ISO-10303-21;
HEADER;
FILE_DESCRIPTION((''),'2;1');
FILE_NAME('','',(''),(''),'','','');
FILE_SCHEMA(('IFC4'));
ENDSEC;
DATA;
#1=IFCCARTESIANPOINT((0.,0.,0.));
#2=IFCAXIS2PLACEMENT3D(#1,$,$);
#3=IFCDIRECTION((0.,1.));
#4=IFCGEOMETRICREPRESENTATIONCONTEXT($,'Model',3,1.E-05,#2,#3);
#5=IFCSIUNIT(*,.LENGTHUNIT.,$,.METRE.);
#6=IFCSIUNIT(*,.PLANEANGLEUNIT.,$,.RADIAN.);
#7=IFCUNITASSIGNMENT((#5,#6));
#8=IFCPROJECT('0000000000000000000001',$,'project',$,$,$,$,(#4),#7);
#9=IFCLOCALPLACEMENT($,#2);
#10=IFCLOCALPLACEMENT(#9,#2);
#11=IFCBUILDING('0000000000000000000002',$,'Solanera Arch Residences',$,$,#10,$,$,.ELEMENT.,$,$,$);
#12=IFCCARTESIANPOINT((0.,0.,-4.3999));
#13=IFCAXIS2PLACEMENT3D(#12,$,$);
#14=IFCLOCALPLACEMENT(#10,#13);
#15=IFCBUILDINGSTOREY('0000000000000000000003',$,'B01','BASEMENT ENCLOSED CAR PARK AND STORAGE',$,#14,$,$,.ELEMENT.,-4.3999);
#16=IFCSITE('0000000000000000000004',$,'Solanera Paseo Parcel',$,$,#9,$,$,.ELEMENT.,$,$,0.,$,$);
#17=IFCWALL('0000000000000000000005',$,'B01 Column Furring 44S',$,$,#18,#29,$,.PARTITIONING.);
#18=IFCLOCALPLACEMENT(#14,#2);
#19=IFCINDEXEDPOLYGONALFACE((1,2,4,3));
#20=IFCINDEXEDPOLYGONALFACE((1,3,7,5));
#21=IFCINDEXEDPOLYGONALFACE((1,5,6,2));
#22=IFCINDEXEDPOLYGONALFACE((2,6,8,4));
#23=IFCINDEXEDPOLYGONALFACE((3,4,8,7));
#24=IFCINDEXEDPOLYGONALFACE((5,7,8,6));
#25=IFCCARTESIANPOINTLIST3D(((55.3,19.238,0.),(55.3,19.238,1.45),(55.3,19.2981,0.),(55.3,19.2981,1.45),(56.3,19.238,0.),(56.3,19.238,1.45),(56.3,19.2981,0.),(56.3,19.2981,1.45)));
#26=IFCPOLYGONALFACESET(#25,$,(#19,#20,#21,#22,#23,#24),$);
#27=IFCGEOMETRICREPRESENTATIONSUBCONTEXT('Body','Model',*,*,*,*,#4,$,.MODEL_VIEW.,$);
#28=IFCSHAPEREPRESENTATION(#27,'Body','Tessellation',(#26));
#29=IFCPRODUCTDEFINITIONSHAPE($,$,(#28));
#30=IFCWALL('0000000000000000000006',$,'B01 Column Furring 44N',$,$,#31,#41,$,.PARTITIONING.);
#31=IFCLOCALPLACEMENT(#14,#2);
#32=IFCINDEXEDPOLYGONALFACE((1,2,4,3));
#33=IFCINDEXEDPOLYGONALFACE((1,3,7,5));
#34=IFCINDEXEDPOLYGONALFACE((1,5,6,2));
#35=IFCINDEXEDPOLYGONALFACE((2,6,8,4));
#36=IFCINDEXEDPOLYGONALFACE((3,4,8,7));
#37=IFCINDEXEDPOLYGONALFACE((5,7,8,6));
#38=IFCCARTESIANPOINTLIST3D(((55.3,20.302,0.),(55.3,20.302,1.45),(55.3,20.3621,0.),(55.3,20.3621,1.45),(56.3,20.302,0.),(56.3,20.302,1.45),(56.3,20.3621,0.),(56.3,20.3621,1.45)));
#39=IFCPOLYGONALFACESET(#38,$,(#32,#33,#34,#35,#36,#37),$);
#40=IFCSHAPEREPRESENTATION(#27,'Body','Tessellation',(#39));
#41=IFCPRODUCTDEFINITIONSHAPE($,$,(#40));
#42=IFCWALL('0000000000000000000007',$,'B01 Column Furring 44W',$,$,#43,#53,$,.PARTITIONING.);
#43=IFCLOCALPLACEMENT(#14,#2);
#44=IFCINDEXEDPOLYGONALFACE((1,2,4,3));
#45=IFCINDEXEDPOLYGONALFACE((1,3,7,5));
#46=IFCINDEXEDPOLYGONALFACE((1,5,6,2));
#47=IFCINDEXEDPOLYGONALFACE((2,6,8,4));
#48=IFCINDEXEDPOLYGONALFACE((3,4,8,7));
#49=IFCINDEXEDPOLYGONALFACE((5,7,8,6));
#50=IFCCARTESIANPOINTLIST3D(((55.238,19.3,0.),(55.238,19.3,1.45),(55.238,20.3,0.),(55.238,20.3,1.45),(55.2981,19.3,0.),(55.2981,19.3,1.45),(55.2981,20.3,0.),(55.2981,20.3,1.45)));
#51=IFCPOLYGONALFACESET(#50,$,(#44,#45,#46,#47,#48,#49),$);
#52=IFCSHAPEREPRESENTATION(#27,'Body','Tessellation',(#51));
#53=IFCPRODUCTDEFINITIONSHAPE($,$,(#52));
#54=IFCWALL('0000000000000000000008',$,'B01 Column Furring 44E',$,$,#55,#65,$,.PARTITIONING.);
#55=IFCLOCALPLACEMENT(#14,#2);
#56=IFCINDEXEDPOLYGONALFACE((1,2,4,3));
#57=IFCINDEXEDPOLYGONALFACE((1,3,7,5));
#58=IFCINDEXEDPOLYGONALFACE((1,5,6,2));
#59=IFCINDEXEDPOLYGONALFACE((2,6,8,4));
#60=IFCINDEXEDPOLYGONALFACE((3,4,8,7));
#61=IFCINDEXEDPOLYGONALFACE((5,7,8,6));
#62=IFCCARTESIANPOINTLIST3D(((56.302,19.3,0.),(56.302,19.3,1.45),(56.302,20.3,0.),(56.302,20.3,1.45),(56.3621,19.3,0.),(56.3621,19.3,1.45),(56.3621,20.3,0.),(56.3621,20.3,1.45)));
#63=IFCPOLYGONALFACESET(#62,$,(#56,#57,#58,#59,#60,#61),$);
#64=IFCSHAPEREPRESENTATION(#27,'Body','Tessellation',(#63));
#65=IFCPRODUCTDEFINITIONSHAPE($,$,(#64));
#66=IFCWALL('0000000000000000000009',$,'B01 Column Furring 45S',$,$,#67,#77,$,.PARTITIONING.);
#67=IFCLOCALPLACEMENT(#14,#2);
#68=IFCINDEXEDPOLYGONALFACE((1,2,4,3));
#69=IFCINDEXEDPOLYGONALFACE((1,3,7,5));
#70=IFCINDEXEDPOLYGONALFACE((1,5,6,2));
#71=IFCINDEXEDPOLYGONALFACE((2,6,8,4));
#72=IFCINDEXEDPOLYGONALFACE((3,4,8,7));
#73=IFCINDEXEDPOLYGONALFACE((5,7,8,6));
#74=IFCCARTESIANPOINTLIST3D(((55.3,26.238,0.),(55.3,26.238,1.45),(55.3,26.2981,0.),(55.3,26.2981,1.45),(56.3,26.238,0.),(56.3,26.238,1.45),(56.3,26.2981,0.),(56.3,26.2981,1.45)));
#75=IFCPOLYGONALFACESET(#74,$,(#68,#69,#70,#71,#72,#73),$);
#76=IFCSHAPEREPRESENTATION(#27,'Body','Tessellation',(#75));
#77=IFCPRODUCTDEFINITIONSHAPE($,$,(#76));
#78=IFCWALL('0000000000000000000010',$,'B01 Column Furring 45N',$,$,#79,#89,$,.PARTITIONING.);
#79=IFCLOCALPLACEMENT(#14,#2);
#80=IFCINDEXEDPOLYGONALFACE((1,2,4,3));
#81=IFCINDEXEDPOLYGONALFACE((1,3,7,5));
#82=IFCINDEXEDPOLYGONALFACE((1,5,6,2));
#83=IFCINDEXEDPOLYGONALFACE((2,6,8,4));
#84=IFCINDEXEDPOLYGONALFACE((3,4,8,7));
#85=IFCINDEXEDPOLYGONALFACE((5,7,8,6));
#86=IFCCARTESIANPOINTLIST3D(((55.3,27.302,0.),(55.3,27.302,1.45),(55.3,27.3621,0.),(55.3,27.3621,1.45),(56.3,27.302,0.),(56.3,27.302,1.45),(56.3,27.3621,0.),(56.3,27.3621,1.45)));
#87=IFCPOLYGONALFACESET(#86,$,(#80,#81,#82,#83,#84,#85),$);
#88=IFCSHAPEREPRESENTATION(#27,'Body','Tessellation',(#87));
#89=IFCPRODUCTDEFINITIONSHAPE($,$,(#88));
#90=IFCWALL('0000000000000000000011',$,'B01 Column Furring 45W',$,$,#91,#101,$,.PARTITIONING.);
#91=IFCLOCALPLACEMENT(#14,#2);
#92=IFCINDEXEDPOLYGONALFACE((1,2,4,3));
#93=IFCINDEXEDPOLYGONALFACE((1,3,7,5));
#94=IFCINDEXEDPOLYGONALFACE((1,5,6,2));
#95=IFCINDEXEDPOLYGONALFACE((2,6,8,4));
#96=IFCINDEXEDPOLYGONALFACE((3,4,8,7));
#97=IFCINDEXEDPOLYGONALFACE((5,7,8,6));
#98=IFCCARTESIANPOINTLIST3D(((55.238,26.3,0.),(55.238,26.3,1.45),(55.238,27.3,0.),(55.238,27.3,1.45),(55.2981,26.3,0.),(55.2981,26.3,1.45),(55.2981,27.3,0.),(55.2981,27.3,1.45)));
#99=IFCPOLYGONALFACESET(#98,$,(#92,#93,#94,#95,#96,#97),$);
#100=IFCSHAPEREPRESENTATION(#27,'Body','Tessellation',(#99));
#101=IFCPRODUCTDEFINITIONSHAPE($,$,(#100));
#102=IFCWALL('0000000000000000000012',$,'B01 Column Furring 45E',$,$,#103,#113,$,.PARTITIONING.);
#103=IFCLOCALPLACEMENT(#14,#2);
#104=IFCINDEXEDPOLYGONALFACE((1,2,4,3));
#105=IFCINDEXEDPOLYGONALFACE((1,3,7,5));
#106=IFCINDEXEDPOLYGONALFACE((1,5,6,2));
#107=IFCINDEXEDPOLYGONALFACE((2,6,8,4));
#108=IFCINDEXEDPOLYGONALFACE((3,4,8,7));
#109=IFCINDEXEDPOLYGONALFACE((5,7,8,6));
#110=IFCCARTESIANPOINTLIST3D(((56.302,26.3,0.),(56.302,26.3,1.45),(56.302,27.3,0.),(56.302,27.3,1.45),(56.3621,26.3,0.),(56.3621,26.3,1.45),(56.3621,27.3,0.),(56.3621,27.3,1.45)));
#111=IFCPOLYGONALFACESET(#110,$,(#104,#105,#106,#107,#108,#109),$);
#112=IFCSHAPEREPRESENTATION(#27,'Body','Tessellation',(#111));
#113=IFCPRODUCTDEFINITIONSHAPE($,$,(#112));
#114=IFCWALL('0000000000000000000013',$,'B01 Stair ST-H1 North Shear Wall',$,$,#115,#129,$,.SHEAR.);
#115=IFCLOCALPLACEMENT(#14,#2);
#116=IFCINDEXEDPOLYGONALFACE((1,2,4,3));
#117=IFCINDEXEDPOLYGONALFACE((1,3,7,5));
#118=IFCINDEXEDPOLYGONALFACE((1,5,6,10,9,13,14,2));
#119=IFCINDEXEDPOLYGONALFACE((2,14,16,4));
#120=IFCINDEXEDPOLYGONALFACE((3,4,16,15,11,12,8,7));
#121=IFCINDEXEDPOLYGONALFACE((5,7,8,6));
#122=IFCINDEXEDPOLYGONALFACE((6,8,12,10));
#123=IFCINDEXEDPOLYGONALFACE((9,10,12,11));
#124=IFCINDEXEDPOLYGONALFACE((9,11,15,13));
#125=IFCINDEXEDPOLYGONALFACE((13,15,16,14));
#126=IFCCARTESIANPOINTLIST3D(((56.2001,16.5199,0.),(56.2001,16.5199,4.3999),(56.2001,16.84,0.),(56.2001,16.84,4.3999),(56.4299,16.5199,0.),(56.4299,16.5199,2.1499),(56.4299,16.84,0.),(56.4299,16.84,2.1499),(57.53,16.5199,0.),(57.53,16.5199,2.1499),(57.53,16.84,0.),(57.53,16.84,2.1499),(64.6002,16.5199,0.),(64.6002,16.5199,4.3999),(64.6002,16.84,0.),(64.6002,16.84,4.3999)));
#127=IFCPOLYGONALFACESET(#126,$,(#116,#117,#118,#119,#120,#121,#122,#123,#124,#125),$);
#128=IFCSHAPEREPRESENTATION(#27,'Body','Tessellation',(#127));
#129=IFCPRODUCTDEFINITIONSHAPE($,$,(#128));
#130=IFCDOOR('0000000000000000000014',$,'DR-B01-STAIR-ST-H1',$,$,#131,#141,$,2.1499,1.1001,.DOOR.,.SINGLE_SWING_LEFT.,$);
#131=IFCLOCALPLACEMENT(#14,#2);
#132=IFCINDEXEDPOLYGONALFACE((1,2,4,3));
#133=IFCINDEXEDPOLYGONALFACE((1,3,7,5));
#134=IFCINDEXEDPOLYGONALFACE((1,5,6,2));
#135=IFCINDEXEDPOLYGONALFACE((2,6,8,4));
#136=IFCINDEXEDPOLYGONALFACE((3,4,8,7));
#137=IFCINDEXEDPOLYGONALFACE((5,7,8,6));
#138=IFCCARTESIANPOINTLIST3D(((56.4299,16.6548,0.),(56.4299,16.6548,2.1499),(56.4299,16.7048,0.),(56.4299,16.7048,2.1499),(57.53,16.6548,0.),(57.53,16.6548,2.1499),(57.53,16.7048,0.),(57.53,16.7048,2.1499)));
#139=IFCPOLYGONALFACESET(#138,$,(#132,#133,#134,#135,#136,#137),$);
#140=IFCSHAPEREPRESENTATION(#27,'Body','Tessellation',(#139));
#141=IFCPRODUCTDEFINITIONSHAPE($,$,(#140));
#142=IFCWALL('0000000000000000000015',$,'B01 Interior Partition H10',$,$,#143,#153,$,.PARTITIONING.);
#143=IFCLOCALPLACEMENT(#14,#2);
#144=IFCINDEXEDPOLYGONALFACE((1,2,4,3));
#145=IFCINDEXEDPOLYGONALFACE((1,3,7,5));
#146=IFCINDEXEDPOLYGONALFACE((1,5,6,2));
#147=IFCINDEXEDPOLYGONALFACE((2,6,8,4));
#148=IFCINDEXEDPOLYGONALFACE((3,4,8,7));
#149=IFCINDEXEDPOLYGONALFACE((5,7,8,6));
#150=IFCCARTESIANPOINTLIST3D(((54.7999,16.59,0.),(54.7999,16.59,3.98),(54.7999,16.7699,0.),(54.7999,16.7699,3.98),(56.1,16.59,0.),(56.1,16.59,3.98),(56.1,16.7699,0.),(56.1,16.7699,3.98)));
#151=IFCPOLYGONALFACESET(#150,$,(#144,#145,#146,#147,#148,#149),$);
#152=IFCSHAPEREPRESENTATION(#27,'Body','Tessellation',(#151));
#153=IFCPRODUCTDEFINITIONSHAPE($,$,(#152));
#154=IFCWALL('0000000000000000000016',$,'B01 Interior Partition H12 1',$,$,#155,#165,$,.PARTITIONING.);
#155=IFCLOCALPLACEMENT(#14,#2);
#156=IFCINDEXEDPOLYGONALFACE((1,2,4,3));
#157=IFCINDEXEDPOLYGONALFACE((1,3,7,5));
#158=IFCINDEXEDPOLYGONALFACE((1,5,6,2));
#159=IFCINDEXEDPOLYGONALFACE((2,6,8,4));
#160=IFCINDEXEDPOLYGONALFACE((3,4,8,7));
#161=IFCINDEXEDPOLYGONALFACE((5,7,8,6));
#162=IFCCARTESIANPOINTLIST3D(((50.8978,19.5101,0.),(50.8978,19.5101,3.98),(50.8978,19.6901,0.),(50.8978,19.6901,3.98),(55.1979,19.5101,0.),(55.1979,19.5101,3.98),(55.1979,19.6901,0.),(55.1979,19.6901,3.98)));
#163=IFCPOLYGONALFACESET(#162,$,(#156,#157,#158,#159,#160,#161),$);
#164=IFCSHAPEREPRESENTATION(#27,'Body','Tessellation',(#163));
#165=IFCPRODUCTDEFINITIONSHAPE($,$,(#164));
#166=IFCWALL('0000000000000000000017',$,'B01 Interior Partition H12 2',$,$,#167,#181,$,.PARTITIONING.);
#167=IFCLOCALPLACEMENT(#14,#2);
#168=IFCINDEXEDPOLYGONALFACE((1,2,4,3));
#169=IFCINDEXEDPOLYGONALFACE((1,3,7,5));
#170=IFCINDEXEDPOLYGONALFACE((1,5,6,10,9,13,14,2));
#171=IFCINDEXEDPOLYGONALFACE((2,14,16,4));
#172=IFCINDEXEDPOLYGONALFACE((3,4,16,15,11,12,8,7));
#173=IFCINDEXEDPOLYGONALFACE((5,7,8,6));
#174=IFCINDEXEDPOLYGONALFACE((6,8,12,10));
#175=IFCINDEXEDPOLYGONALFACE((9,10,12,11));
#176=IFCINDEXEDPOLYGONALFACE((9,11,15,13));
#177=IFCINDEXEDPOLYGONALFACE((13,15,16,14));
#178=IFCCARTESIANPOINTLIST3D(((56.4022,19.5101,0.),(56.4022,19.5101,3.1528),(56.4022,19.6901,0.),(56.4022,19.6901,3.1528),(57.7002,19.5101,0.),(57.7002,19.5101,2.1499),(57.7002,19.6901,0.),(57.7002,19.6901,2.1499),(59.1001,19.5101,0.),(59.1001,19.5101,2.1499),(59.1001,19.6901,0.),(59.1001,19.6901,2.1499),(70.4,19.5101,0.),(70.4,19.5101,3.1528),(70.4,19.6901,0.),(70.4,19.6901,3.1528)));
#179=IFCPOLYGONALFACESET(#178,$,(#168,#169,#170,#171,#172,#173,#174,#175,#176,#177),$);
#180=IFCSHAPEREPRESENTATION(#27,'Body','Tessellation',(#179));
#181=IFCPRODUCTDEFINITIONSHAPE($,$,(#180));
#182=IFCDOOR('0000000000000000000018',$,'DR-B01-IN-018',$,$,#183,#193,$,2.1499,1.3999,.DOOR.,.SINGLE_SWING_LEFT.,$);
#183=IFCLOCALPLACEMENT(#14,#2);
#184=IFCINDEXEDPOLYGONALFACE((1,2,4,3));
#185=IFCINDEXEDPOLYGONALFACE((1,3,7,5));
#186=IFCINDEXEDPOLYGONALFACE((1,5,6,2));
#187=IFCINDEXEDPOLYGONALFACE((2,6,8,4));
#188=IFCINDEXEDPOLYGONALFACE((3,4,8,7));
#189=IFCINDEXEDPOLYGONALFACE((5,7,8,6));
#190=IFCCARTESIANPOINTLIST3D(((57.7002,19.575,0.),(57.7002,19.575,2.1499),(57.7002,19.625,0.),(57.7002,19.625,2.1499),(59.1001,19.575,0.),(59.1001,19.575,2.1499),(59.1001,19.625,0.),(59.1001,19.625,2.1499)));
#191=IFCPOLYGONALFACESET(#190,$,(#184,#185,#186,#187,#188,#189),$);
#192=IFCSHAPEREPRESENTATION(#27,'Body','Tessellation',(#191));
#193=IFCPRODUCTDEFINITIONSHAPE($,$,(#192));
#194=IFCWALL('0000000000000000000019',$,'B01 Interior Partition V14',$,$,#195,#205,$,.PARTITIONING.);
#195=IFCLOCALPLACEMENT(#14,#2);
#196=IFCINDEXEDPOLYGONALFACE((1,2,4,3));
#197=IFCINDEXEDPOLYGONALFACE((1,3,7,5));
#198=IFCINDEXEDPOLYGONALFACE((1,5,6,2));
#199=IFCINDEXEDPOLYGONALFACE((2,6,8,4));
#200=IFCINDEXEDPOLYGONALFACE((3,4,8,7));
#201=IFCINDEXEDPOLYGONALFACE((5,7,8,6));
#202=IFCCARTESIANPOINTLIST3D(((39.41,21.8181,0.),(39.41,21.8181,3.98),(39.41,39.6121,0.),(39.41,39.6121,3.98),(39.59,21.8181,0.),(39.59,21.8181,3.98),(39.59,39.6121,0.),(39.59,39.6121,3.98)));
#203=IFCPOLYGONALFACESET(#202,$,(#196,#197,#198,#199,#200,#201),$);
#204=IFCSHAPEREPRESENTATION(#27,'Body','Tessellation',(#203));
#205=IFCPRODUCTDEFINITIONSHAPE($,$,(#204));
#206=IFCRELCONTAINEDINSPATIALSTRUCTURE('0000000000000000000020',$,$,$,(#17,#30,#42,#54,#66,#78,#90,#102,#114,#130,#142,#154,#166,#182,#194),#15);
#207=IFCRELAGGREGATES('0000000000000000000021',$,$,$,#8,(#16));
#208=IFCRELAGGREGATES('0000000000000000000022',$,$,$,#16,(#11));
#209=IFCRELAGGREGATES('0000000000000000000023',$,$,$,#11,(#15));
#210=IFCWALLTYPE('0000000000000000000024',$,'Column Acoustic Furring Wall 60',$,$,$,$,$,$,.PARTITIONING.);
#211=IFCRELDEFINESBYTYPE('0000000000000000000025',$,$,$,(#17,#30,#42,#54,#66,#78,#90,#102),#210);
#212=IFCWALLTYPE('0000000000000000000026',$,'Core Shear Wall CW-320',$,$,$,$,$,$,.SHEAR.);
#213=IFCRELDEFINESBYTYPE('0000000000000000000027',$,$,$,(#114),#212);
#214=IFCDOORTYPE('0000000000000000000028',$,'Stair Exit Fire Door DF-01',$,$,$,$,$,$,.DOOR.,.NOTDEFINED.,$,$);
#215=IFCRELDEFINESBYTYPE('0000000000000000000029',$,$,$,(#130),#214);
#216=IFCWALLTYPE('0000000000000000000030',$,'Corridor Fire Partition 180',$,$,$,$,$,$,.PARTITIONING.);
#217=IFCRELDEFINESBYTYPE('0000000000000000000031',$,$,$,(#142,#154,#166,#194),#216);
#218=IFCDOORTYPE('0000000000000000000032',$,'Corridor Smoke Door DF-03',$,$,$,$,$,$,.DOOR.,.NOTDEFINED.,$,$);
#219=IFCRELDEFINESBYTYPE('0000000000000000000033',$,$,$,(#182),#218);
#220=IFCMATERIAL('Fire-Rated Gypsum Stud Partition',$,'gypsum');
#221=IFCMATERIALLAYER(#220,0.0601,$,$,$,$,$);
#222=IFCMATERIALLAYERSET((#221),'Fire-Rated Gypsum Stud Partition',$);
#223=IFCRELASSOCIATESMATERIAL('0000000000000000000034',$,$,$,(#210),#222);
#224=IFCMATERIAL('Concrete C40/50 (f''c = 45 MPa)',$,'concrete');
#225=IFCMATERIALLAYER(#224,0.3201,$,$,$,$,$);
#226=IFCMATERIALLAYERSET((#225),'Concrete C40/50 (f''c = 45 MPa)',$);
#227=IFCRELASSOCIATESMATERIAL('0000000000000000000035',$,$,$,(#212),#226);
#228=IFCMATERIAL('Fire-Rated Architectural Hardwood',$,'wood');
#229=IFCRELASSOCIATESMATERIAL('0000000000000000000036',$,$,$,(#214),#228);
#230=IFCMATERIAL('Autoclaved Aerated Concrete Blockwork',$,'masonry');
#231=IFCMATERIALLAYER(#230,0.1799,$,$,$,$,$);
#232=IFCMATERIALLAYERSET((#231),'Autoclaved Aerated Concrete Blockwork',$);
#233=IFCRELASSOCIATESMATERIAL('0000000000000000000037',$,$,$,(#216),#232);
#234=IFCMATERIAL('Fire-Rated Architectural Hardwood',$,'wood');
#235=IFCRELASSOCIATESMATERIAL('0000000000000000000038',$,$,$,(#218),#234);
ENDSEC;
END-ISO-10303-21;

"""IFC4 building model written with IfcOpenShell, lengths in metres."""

from ifc_helpers import new_model, si_unit, direction, frame, frame_2d, origin, place, context, subcontext, project, spatial, rectangle, extrude, material, layer, layer_set, type_object, element, fill, save


model = new_model("IFC4")

# Units and contexts
model_context = context("Model", 3, precision=1e-05, world=origin(), true_north=direction((0.0, 1.0)))
body_context = subcontext(model_context, "Body", "Model", "MODEL_VIEW")
ifc_project = project(units=[si_unit("LENGTHUNIT", "METRE"), si_unit("PLANEANGLEUNIT", "RADIAN")], contexts=[model_context])

# Site, building, storey
site_placement = place(None, origin())
site = spatial("IfcSite", under=ifc_project, at=site_placement, Name="Solanera Paseo Parcel", CompositionType="ELEMENT", RefElevation=0.0)
building_placement = place(site_placement, origin())
building = spatial("IfcBuilding", under=site, at=building_placement, Name="Solanera Arch Residences", CompositionType="ELEMENT")
storey_placement = place(building_placement, frame((0.0, 0.0, -4.3999)))
storey = spatial("IfcBuildingStorey", under=building, at=storey_placement, Name="B01", Description="BASEMENT ENCLOSED CAR PARK AND STORAGE", CompositionType="ELEMENT", Elevation=-4.3999)

# Walls
ifc_material_1 = material(Name="Fire-Rated Gypsum Stud Partition", Category="gypsum")
ifc_layer_1 = layer(ifc_material_1, 0.0601)
ifc_layer_set_1 = layer_set([ifc_layer_1], Name="Fire-Rated Gypsum Stud Partition")
wall_type_1 = type_object("IfcWallType", Name="Column Acoustic Furring Wall 60", PredefinedType="PARTITIONING", material=ifc_layer_set_1)
for number, where, z_axis, x_axis, name in (
    (1, (55.3, 19.2681, 0.0), (0.0, 0.0, 1.0), (1.0, 0.0, 0.0), "B01 Column Furring 44S"),
    (2, (55.3, 20.332, 0.0), (0.0, 0.0, 1.0), (1.0, 0.0, 0.0), "B01 Column Furring 44N"),
    (3, (55.2681, 19.3, 0.0), (0.0, 0.0, 1.0), (0.0, 1.0, 0.0), "B01 Column Furring 44W"),
    (4, (56.332, 19.3, 0.0), (0.0, 0.0, 1.0), (0.0, 1.0, 0.0), "B01 Column Furring 44E"),
    (5, (55.3, 26.2681, 0.0), (0.0, 0.0, 1.0), (1.0, 0.0, 0.0), "B01 Column Furring 45S"),
    (6, (55.3, 27.332, 0.0), (0.0, 0.0, 1.0), (1.0, 0.0, 0.0), "B01 Column Furring 45N"),
    (7, (55.2681, 26.3, 0.0), (0.0, 0.0, 1.0), (0.0, 1.0, 0.0), "B01 Column Furring 45W"),
    (8, (56.332, 26.3, 0.0), (0.0, 0.0, 1.0), (0.0, 1.0, 0.0), "B01 Column Furring 45E"),
):
    element("IfcWall", number, at=place(storey_placement, frame(where, z_axis=z_axis, x_axis=x_axis)), inside=storey, type_object=wall_type_1, Name=name, PredefinedType="PARTITIONING", context=body_context, shape_type="SweptSolid", body=[
        extrude(rectangle(XDim=1.0, YDim=0.0601, at=frame_2d((0.5, 0.0))), origin(), (0.0, 0.0, 1.0), 1.45),
    ])

# Wall, opening, door
ifc_material_2 = material(Name="Concrete C40/50 (f'c = 45 MPa)", Category="concrete")
ifc_layer_2 = layer(ifc_material_2, 0.3201)
ifc_layer_set_2 = layer_set([ifc_layer_2], Name="Concrete C40/50 (f'c = 45 MPa)")
wall_type_2 = type_object("IfcWallType", Name="Core Shear Wall CW-320", PredefinedType="SHEAR", material=ifc_layer_set_2)
wall_1_placement = place(storey_placement, frame((56.2, 16.6799, 0.0), z_axis=(0.0, 0.0, 1.0), x_axis=(1.0, 0.0, 0.0)))
wall_1 = element("IfcWall", 9, at=wall_1_placement, inside=storey, type_object=wall_type_2, Name="B01 Stair ST-H1 North Shear Wall", PredefinedType="SHEAR", context=body_context, shape_type="SweptSolid", body=[
    extrude(rectangle(XDim=8.4001, YDim=0.3201, at=frame_2d((4.2002, 0.0))), origin(), (0.0, 0.0, 1.0), 4.3999),
])
opening_1_placement = place(wall_1_placement, frame((0.23, 0.0, 0.0)))
opening_1 = element("IfcOpeningElement", 10, at=opening_1_placement, cuts=wall_1, PredefinedType="OPENING", context=body_context, shape_type="SweptSolid", body=[
    extrude(rectangle(XDim=1.1001, YDim=2.1499, at=frame_2d((0.55, 1.075))), frame((0.0, 0.1699, 0.0), z_axis=(0.0, -1.0, 0.0), x_axis=(1.0, 0.0, 0.0)), (0.0, 0.0, 1.0), 0.3401),
])
ifc_material_3 = material(Name="Fire-Rated Architectural Hardwood", Category="wood")
door_type_1 = type_object("IfcDoorType", Name="Stair Exit Fire Door DF-01", OperationType="NOTDEFINED", PredefinedType="DOOR", material=ifc_material_3)
door_1_placement = place(opening_1_placement, origin())
door_1 = element("IfcDoor", 11, at=door_1_placement, inside=storey, type_object=door_type_1, Name="DR-B01-STAIR-ST-H1", OperationType="SINGLE_SWING_LEFT", OverallHeight=2.1499, OverallWidth=1.1001, PredefinedType="DOOR", context=body_context, shape_type="SweptSolid", body=[
    extrude(rectangle(XDim=1.1001, YDim=2.1499, at=frame_2d((0.55, 1.075))), frame((0.0, 0.0249, 0.0), z_axis=(0.0, -1.0, 0.0), x_axis=(1.0, 0.0, 0.0)), (0.0, 0.0, 1.0), 0.05),
])
fill(opening_1, door_1)

# Walls
ifc_material_4 = material(Name="Autoclaved Aerated Concrete Blockwork", Category="masonry")
ifc_layer_3 = layer(ifc_material_4, 0.1799)
ifc_layer_set_3 = layer_set([ifc_layer_3], Name="Autoclaved Aerated Concrete Blockwork")
wall_type_3 = type_object("IfcWallType", Name="Corridor Fire Partition 180", PredefinedType="PARTITIONING", material=ifc_layer_set_3)
wall_2_placement = place(storey_placement, frame((54.8, 16.6799, 0.0), z_axis=(0.0, 0.0, 1.0), x_axis=(1.0, 0.0, 0.0)))
element("IfcWall", 12, at=wall_2_placement, inside=storey, type_object=wall_type_3, Name="B01 Interior Partition H10", PredefinedType="PARTITIONING", context=body_context, shape_type="SweptSolid", body=[
    extrude(rectangle(XDim=1.3, YDim=0.1799, at=frame_2d((0.6499, 0.0))), origin(), (0.0, 0.0, 1.0), 3.98),
])
wall_3_placement = place(storey_placement, frame((50.8979, 19.6001, 0.0), z_axis=(0.0, 0.0, 1.0), x_axis=(1.0, 0.0, 0.0)))
element("IfcWall", 13, at=wall_3_placement, inside=storey, type_object=wall_type_3, Name="B01 Interior Partition H12 1", PredefinedType="PARTITIONING", context=body_context, shape_type="SweptSolid", body=[
    extrude(rectangle(XDim=4.3, YDim=0.1799, at=frame_2d((2.1499, 0.0))), origin(), (0.0, 0.0, 1.0), 3.98),
])

# Wall, opening, door
wall_4_placement = place(storey_placement, frame((56.4021, 19.6001, 0.0), z_axis=(0.0, 0.0, 1.0), x_axis=(1.0, 0.0, 0.0)))
wall_4 = element("IfcWall", 14, at=wall_4_placement, inside=storey, type_object=wall_type_3, Name="B01 Interior Partition H12 2", PredefinedType="PARTITIONING", context=body_context, shape_type="SweptSolid", body=[
    extrude(rectangle(XDim=13.9978, YDim=0.1799, at=frame_2d((6.999, 0.0))), origin(), (0.0, 0.0, 1.0), 3.1528),
])
opening_2_placement = place(wall_4_placement, frame((1.2981, 0.0, 0.0)))
opening_2 = element("IfcOpeningElement", 15, at=opening_2_placement, cuts=wall_4, PredefinedType="OPENING", context=body_context, shape_type="SweptSolid", body=[
    extrude(rectangle(XDim=1.3999, YDim=2.1499, at=frame_2d((0.7, 1.075))), frame((0.0, 0.1001, 0.0), z_axis=(0.0, -1.0, 0.0), x_axis=(1.0, 0.0, 0.0)), (0.0, 0.0, 1.0), 0.1999),
])
ifc_material_5 = material(Name="Fire-Rated Architectural Hardwood", Category="wood")
door_type_2 = type_object("IfcDoorType", Name="Corridor Smoke Door DF-03", OperationType="NOTDEFINED", PredefinedType="DOOR", material=ifc_material_5)
door_2_placement = place(opening_2_placement, origin())
door_2 = element("IfcDoor", 16, at=door_2_placement, inside=storey, type_object=door_type_2, Name="DR-B01-IN-018", OperationType="SINGLE_SWING_LEFT", OverallHeight=2.1499, OverallWidth=1.3999, PredefinedType="DOOR", context=body_context, shape_type="SweptSolid", body=[
    extrude(rectangle(XDim=1.3999, YDim=2.1499, at=frame_2d((0.7, 1.075))), frame((0.0, 0.0249, 0.0), z_axis=(0.0, -1.0, 0.0), x_axis=(1.0, 0.0, 0.0)), (0.0, 0.0, 1.0), 0.05),
])
fill(opening_2, door_2)

# Wall
wall_5_placement = place(storey_placement, frame((39.5, 21.8181, 0.0), z_axis=(0.0, 0.0, 1.0), x_axis=(0.0, 1.0, 0.0)))
element("IfcWall", 17, at=wall_5_placement, inside=storey, type_object=wall_type_3, Name="B01 Interior Partition V14", PredefinedType="PARTITIONING", context=body_context, shape_type="SweptSolid", body=[
    extrude(rectangle(XDim=17.7939, YDim=0.1799, at=frame_2d((8.897, 0.0))), origin(), (0.0, 0.0, 1.0), 3.98),
])

save(model, "model.ifc")
